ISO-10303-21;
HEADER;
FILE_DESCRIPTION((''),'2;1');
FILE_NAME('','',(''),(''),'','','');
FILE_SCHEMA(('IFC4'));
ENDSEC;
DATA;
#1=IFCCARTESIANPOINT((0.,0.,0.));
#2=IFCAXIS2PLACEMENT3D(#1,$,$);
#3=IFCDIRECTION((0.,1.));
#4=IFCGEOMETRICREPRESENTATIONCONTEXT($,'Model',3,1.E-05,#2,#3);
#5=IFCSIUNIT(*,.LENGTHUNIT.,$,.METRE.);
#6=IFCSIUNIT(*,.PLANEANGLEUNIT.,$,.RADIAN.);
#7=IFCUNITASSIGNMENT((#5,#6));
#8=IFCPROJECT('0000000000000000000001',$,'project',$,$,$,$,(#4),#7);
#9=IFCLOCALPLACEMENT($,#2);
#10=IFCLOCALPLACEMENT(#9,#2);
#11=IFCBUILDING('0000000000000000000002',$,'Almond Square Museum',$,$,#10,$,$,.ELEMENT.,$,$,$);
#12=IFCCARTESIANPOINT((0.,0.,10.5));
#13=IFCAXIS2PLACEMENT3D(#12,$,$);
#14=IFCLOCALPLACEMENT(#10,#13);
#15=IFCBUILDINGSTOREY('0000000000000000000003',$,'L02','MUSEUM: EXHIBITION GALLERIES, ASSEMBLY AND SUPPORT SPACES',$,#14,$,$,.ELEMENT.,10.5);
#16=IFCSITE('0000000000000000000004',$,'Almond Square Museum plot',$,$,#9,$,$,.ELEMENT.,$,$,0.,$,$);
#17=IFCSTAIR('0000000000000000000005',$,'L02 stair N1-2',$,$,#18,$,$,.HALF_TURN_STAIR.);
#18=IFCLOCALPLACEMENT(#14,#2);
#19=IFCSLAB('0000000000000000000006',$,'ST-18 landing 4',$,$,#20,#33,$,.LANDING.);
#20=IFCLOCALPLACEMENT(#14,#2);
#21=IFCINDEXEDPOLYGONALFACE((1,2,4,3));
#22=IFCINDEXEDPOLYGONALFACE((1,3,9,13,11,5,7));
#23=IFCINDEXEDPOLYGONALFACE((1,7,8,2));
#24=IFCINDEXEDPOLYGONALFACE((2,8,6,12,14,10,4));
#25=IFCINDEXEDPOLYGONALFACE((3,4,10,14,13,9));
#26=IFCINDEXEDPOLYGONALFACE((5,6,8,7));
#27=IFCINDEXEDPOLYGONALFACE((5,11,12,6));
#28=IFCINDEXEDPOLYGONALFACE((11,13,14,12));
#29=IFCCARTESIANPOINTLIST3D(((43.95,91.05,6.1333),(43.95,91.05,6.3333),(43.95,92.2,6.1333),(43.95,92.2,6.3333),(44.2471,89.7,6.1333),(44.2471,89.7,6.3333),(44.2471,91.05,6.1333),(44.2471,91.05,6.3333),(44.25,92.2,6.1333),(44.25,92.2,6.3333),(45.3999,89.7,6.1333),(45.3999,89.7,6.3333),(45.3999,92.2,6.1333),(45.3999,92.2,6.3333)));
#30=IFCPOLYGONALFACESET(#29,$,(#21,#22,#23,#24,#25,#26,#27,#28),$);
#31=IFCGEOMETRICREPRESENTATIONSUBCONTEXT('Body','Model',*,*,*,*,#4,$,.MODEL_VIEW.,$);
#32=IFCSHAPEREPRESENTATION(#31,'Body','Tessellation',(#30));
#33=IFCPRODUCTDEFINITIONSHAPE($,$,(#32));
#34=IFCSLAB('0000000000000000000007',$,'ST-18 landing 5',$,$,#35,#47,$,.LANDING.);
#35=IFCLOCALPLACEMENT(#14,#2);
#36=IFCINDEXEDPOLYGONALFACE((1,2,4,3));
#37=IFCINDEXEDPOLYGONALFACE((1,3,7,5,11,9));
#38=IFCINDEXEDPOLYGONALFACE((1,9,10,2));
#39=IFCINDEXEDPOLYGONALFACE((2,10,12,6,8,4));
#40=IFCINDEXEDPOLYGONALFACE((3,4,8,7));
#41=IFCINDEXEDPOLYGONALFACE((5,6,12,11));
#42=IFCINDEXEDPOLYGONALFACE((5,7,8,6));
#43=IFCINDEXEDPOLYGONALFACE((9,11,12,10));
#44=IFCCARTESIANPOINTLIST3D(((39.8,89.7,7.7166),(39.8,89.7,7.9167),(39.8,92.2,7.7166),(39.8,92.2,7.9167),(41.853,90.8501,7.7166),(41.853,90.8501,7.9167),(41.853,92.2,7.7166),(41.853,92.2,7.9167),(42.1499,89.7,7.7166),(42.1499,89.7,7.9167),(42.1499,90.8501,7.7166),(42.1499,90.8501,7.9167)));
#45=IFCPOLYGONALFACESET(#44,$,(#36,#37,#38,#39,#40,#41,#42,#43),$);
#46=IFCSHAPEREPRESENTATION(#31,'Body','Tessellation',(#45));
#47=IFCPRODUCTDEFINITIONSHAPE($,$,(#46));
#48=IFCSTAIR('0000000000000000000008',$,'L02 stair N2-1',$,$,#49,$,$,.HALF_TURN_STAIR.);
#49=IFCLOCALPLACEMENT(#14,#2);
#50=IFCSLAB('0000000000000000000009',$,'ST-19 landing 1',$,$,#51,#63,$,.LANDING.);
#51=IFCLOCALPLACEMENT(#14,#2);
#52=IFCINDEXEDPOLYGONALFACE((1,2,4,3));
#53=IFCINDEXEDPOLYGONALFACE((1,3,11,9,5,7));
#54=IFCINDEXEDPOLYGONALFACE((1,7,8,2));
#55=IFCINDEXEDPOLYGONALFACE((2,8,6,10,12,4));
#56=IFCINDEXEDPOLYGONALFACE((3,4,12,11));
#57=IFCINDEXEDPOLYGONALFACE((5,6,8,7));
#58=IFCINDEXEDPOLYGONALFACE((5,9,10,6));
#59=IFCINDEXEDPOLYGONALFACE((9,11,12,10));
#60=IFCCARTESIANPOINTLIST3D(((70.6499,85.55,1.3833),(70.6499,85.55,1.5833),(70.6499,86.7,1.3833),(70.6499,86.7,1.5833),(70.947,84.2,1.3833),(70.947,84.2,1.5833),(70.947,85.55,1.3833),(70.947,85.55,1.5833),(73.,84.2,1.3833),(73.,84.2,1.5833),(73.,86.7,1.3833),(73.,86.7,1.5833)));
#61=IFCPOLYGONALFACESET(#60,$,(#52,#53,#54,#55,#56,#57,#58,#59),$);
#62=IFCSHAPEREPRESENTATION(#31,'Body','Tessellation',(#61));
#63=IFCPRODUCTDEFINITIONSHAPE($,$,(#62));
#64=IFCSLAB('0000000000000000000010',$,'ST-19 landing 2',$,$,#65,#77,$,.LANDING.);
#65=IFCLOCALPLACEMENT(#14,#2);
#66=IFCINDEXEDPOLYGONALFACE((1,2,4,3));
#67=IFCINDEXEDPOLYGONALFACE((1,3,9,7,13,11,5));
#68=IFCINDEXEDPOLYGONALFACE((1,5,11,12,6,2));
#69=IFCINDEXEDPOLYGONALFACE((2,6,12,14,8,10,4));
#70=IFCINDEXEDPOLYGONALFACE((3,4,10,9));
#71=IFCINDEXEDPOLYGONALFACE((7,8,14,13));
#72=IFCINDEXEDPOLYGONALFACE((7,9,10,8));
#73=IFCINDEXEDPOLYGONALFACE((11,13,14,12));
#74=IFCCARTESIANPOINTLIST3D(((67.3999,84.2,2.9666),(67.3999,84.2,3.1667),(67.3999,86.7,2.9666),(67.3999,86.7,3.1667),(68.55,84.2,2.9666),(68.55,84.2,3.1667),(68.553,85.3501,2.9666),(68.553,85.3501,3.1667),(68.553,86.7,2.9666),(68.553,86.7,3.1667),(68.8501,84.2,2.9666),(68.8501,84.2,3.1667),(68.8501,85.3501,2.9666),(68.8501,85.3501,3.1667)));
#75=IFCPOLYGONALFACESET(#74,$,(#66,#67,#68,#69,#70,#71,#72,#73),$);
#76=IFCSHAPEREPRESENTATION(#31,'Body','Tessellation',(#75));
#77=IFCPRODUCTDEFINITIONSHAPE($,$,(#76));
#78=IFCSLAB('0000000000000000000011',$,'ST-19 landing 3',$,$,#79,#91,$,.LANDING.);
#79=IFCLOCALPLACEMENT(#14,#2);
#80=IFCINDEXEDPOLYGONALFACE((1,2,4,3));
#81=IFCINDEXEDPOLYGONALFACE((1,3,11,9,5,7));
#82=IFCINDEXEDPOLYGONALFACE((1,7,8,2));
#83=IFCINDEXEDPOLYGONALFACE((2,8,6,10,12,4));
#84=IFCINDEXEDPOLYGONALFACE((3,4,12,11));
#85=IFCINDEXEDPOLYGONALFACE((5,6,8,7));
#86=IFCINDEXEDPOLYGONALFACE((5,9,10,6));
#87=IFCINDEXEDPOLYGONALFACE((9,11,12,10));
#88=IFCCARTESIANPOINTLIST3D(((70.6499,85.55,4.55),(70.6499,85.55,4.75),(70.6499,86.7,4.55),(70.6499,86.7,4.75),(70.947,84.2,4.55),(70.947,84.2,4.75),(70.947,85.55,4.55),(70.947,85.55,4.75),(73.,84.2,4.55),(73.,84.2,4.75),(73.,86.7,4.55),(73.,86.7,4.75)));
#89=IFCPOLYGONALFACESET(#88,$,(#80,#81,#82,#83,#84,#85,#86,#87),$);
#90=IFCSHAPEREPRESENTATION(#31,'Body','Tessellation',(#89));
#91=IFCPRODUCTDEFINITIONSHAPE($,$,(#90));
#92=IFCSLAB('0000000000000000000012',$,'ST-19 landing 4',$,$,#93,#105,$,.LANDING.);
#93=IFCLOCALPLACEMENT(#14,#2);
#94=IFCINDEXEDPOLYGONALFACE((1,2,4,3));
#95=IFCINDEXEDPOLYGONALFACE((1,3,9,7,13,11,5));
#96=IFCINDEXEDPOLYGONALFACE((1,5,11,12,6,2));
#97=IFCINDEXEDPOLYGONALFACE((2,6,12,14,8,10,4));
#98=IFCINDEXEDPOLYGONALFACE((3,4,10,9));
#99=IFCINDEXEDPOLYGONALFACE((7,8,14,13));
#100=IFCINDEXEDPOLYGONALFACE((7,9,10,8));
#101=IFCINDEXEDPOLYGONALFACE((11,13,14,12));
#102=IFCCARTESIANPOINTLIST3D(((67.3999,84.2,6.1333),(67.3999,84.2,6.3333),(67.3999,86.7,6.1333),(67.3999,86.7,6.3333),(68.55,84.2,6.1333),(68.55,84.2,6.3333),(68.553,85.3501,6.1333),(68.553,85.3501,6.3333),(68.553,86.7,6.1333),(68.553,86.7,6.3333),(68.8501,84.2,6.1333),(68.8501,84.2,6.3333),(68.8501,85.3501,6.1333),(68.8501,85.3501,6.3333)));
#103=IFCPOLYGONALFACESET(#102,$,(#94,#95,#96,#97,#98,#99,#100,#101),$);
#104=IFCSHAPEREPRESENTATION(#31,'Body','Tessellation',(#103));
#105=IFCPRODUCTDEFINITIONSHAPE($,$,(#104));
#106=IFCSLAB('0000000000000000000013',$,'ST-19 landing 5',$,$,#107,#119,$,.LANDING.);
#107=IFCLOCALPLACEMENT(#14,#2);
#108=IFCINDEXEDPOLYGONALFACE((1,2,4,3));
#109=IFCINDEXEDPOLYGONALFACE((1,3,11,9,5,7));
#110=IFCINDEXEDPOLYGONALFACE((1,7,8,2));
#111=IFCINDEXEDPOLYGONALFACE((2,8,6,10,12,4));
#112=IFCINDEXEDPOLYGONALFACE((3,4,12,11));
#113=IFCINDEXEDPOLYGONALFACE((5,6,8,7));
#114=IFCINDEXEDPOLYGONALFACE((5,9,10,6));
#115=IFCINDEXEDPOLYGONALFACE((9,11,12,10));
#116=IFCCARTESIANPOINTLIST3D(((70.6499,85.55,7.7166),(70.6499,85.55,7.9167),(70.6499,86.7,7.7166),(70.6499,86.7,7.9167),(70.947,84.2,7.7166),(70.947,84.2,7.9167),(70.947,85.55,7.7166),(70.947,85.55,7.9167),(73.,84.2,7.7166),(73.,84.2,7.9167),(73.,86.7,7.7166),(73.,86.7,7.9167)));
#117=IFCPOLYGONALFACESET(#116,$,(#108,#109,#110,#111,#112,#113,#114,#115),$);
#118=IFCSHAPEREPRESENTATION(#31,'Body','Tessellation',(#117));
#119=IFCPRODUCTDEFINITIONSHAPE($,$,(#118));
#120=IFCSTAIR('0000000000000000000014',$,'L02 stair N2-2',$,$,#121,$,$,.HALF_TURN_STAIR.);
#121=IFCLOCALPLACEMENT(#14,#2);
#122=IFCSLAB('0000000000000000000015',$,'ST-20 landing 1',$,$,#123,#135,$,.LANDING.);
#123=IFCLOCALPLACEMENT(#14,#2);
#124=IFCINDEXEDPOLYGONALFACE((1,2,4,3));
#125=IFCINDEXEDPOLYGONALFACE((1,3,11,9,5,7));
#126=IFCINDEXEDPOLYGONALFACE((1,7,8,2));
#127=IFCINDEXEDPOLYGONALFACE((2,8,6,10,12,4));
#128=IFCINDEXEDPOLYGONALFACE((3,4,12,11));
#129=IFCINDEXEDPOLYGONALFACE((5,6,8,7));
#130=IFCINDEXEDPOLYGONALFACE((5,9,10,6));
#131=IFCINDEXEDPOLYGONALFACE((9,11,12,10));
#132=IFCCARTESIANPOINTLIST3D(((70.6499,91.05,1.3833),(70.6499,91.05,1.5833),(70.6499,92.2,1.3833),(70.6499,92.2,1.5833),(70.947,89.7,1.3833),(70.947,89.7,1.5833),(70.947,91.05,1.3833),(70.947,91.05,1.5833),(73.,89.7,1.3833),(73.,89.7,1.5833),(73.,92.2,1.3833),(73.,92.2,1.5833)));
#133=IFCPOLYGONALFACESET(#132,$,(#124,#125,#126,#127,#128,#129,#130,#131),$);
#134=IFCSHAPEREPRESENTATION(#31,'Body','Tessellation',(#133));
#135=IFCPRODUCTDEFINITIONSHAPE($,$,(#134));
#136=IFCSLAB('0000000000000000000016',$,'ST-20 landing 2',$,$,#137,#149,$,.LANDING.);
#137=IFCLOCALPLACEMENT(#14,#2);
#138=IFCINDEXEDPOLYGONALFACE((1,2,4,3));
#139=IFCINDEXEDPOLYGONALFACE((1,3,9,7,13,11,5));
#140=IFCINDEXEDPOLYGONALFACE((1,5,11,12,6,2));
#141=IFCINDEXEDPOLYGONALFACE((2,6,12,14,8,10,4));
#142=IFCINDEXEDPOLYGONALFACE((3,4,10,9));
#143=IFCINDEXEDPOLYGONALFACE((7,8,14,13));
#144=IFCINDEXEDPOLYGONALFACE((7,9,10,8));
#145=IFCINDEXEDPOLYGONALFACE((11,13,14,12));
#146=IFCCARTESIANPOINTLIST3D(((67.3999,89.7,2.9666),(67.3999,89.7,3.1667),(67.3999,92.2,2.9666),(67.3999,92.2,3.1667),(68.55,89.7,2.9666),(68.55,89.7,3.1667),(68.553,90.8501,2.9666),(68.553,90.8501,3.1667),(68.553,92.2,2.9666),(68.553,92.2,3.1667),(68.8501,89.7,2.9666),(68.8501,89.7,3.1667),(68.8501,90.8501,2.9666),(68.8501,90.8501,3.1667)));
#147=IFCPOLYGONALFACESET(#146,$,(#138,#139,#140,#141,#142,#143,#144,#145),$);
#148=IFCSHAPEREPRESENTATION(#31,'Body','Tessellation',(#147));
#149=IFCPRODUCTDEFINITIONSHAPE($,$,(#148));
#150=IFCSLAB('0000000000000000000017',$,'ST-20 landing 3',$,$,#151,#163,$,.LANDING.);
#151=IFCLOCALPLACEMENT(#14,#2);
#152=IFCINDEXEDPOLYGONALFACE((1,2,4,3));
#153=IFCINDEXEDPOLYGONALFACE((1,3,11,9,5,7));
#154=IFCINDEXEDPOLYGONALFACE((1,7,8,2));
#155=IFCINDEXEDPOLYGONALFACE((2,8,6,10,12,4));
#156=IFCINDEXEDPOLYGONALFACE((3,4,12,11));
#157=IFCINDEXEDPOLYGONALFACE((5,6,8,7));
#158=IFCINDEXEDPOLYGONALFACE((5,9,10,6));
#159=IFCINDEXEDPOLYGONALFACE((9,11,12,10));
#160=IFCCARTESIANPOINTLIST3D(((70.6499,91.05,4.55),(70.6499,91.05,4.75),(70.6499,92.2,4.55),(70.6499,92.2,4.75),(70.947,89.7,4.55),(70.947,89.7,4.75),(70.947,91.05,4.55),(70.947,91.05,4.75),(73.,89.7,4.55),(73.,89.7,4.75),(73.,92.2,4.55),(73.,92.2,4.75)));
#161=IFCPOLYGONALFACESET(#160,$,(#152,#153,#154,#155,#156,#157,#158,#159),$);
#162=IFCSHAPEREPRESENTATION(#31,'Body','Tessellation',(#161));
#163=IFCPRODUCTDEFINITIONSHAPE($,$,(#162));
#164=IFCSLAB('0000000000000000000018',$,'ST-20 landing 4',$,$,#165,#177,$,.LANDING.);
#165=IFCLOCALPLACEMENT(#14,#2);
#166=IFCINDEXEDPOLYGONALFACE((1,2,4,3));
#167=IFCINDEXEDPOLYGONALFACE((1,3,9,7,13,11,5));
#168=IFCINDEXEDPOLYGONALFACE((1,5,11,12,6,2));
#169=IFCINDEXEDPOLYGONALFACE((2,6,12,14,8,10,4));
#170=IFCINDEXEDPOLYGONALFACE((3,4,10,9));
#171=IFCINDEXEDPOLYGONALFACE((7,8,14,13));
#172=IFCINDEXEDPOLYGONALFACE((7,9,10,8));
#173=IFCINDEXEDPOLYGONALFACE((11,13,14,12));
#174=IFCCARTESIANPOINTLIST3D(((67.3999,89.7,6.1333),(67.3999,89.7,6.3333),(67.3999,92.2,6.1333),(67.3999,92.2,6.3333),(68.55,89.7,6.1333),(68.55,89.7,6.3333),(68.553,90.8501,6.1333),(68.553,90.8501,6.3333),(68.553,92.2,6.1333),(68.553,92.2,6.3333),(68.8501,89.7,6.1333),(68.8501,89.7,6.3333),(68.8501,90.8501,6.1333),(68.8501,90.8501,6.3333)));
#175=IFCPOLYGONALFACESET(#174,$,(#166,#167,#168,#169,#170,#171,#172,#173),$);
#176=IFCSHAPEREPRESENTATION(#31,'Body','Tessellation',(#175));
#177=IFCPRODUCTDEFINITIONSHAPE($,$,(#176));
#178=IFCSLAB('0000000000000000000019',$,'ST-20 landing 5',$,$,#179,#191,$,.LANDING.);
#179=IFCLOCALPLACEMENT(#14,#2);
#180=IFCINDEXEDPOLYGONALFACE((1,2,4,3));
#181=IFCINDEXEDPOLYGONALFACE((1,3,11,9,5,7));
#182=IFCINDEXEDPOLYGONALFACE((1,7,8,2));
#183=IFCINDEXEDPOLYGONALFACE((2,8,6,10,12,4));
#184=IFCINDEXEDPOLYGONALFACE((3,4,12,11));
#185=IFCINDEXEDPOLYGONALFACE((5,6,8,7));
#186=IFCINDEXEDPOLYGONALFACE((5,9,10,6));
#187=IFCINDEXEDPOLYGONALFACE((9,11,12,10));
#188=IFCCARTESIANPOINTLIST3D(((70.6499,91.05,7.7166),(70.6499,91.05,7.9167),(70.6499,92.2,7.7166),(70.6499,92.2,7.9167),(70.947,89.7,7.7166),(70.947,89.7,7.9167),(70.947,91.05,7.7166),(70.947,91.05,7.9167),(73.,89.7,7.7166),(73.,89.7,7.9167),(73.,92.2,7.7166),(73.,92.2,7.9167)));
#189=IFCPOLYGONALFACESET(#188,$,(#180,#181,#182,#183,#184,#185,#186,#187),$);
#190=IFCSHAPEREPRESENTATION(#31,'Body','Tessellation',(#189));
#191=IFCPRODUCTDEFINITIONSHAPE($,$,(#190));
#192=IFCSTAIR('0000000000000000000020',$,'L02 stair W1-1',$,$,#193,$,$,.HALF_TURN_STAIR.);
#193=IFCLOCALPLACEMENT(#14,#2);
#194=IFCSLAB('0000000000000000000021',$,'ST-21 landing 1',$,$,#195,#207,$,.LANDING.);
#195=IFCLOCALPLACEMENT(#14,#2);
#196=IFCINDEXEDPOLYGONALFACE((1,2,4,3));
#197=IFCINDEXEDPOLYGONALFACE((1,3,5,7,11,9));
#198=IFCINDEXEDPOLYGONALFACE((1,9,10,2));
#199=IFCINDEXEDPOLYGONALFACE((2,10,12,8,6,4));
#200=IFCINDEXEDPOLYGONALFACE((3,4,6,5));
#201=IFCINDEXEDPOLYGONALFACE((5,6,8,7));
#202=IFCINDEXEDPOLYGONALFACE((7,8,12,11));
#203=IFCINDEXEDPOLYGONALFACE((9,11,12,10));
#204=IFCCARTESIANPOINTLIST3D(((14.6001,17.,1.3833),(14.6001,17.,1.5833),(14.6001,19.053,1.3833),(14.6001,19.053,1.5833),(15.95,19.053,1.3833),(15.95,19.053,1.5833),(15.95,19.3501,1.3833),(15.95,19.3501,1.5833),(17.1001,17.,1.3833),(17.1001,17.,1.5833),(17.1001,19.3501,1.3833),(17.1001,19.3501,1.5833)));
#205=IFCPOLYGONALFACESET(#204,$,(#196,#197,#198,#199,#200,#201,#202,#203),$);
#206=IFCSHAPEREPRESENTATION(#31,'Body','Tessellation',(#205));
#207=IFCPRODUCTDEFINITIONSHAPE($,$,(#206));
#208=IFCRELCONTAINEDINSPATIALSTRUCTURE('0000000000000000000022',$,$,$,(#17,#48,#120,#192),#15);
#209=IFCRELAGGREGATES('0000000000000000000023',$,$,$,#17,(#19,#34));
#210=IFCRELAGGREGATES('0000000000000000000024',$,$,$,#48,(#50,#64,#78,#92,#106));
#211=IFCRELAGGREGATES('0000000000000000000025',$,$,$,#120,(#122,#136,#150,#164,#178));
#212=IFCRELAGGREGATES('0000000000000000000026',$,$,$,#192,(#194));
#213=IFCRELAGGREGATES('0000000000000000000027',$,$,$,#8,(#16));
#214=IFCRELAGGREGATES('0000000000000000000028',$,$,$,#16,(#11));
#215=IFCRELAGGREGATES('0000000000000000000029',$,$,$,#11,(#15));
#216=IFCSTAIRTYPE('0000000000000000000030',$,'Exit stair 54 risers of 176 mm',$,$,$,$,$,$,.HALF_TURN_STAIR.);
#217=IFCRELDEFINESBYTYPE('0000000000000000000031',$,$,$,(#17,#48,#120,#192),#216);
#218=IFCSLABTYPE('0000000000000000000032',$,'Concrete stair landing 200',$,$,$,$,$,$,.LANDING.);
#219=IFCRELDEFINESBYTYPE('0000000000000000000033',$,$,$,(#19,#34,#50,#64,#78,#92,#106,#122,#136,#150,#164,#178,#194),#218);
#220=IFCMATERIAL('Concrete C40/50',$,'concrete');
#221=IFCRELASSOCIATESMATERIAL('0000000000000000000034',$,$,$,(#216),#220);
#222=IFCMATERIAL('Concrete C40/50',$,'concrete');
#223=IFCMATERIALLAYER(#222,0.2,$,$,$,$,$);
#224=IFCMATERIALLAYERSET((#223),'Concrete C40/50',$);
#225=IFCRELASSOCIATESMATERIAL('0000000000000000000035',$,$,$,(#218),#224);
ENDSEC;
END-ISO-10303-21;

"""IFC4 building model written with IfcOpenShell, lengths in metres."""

from ifc_helpers import new_model, si_unit, direction, frame, origin, place, context, subcontext, project, spatial, polyline, outline, extrude, material, layer, layer_set, type_object, element, aggregate, save


model = new_model("IFC4")

# Units and contexts
model_context = context("Model", 3, precision=1e-05, world=origin(), true_north=direction((0.0, 1.0)))
body_context = subcontext(model_context, "Body", "Model", "MODEL_VIEW")
ifc_project = project(units=[si_unit("LENGTHUNIT", "METRE"), si_unit("PLANEANGLEUNIT", "RADIAN")], contexts=[model_context])

# Site, building, storey
site_placement = place(None, origin())
site = spatial("IfcSite", under=ifc_project, at=site_placement, Name="Almond Square Museum plot", CompositionType="ELEMENT", RefElevation=0.0)
building_placement = place(site_placement, origin())
building = spatial("IfcBuilding", under=site, at=building_placement, Name="Almond Square Museum", CompositionType="ELEMENT")
storey_placement = place(building_placement, frame((0.0, 0.0, 10.5)))
storey = spatial("IfcBuildingStorey", under=building, at=storey_placement, Name="L02", Description="MUSEUM: EXHIBITION GALLERIES, ASSEMBLY AND SUPPORT SPACES", CompositionType="ELEMENT", Elevation=10.5)

# Stairs, slabs
ifc_material_1 = material(Name="Concrete C40/50", Category="concrete")
stair_type = type_object("IfcStairType", Name="Exit stair 54 risers of 176 mm", PredefinedType="HALF_TURN_STAIR", material=ifc_material_1)
ifc_material_2 = material(Name="Concrete C40/50", Category="concrete")
ifc_layer = layer(ifc_material_2, 0.2)
ifc_layer_set = layer_set([ifc_layer], Name="Concrete C40/50")
slab_type = type_object("IfcSlabType", Name="Concrete stair landing 200", PredefinedType="LANDING", material=ifc_layer_set)
stair_1_placement = place(storey_placement, origin())
stair_1 = element("IfcStair", 1, at=stair_1_placement, inside=storey, type_object=stair_type, Name="L02 stair N1-2", PredefinedType="HALF_TURN_STAIR")
slab_1_placement = place(storey_placement, frame((0.0, 0.0, 6.1333)))
slab_1 = element("IfcSlab", 2, at=slab_1_placement, type_object=slab_type, Name="ST-18 landing 4", PredefinedType="LANDING", context=body_context, shape_type="SweptSolid", body=[
    extrude(outline(polyline([(45.3999, 92.2), (44.25, 92.2), (43.95, 92.2), (43.95, 91.05), (44.2471, 91.05), (44.2471, 89.7), (45.3999, 89.7), (45.3999, 92.2)])), origin(), (0.0, 0.0, 1.0), 0.2),
])
slab_2_placement = place(storey_placement, frame((0.0, 0.0, 7.7166)))
slab_2 = element("IfcSlab", 3, at=slab_2_placement, type_object=slab_type, Name="ST-18 landing 5", PredefinedType="LANDING", context=body_context, shape_type="SweptSolid", body=[
    extrude(outline(polyline([(41.853, 92.2), (39.8, 92.2), (39.8, 89.7), (42.1499, 89.7), (42.1499, 90.8501), (41.853, 90.8501), (41.853, 92.2)])), origin(), (0.0, 0.0, 1.0), 0.2002),
])
aggregate(stair_1, [slab_1, slab_2])
stair_2_placement = place(storey_placement, origin())
stair_2 = element("IfcStair", 4, at=stair_2_placement, inside=storey, type_object=stair_type, Name="L02 stair N2-1", PredefinedType="HALF_TURN_STAIR")
slab_3_placement = place(storey_placement, frame((0.0, 0.0, 1.3833)))
slab_3 = element("IfcSlab", 5, at=slab_3_placement, type_object=slab_type, Name="ST-19 landing 1", PredefinedType="LANDING", context=body_context, shape_type="SweptSolid", body=[
    extrude(outline(polyline([(70.947, 84.2), (73.0, 84.2), (73.0, 86.7), (70.6499, 86.7), (70.6499, 85.55), (70.947, 85.55), (70.947, 84.2)])), origin(), (0.0, 0.0, 1.0), 0.2),
])
slab_4_placement = place(storey_placement, frame((0.0, 0.0, 2.9666)))
slab_4 = element("IfcSlab", 6, at=slab_4_placement, type_object=slab_type, Name="ST-19 landing 2", PredefinedType="LANDING", context=body_context, shape_type="SweptSolid", body=[
    extrude(outline(polyline([(67.3999, 84.2), (68.55, 84.2), (68.8501, 84.2), (68.8501, 85.3501), (68.553, 85.3501), (68.553, 86.7), (67.3999, 86.7), (67.3999, 84.2)])), origin(), (0.0, 0.0, 1.0), 0.2002),
])
slab_5_placement = place(storey_placement, frame((0.0, 0.0, 4.55)))
slab_5 = element("IfcSlab", 7, at=slab_5_placement, type_object=slab_type, Name="ST-19 landing 3", PredefinedType="LANDING", context=body_context, shape_type="SweptSolid", body=[
    extrude(outline(polyline([(70.947, 84.2), (73.0, 84.2), (73.0, 86.7), (70.6499, 86.7), (70.6499, 85.55), (70.947, 85.55), (70.947, 84.2)])), origin(), (0.0, 0.0, 1.0), 0.2),
])
slab_6_placement = place(storey_placement, frame((0.0, 0.0, 6.1333)))
slab_6 = element("IfcSlab", 8, at=slab_6_placement, type_object=slab_type, Name="ST-19 landing 4", PredefinedType="LANDING", context=body_context, shape_type="SweptSolid", body=[
    extrude(outline(polyline([(67.3999, 84.2), (68.55, 84.2), (68.8501, 84.2), (68.8501, 85.3501), (68.553, 85.3501), (68.553, 86.7), (67.3999, 86.7), (67.3999, 84.2)])), origin(), (0.0, 0.0, 1.0), 0.2),
])
slab_7_placement = place(storey_placement, frame((0.0, 0.0, 7.7166)))
slab_7 = element("IfcSlab", 9, at=slab_7_placement, type_object=slab_type, Name="ST-19 landing 5", PredefinedType="LANDING", context=body_context, shape_type="SweptSolid", body=[
    extrude(outline(polyline([(70.947, 84.2), (73.0, 84.2), (73.0, 86.7), (70.6499, 86.7), (70.6499, 85.55), (70.947, 85.55), (70.947, 84.2)])), origin(), (0.0, 0.0, 1.0), 0.2002),
])
aggregate(stair_2, [slab_3, slab_4, slab_5, slab_6, slab_7])
stair_3_placement = place(storey_placement, origin())
stair_3 = element("IfcStair", 10, at=stair_3_placement, inside=storey, type_object=stair_type, Name="L02 stair N2-2", PredefinedType="HALF_TURN_STAIR")
slab_8_placement = place(storey_placement, frame((0.0, 0.0, 1.3833)))
slab_8 = element("IfcSlab", 11, at=slab_8_placement, type_object=slab_type, Name="ST-20 landing 1", PredefinedType="LANDING", context=body_context, shape_type="SweptSolid", body=[
    extrude(outline(polyline([(70.947, 89.7), (73.0, 89.7), (73.0, 92.2), (70.6499, 92.2), (70.6499, 91.05), (70.947, 91.05), (70.947, 89.7)])), origin(), (0.0, 0.0, 1.0), 0.2),
])
slab_9_placement = place(storey_placement, frame((0.0, 0.0, 2.9666)))
slab_9 = element("IfcSlab", 12, at=slab_9_placement, type_object=slab_type, Name="ST-20 landing 2", PredefinedType="LANDING", context=body_context, shape_type="SweptSolid", body=[
    extrude(outline(polyline([(67.3999, 89.7), (68.55, 89.7), (68.8501, 89.7), (68.8501, 90.8501), (68.553, 90.8501), (68.553, 92.2), (67.3999, 92.2), (67.3999, 89.7)])), origin(), (0.0, 0.0, 1.0), 0.2002),
])
slab_10_placement = place(storey_placement, frame((0.0, 0.0, 4.55)))
slab_10 = element("IfcSlab", 13, at=slab_10_placement, type_object=slab_type, Name="ST-20 landing 3", PredefinedType="LANDING", context=body_context, shape_type="SweptSolid", body=[
    extrude(outline(polyline([(70.947, 89.7), (73.0, 89.7), (73.0, 92.2), (70.6499, 92.2), (70.6499, 91.05), (70.947, 91.05), (70.947, 89.7)])), origin(), (0.0, 0.0, 1.0), 0.2),
])
slab_11_placement = place(storey_placement, frame((0.0, 0.0, 6.1333)))
slab_11 = element("IfcSlab", 14, at=slab_11_placement, type_object=slab_type, Name="ST-20 landing 4", PredefinedType="LANDING", context=body_context, shape_type="SweptSolid", body=[
    extrude(outline(polyline([(67.3999, 89.7), (68.55, 89.7), (68.8501, 89.7), (68.8501, 90.8501), (68.553, 90.8501), (68.553, 92.2), (67.3999, 92.2), (67.3999, 89.7)])), origin(), (0.0, 0.0, 1.0), 0.2),
])
slab_12_placement = place(storey_placement, frame((0.0, 0.0, 7.7166)))
slab_12 = element("IfcSlab", 15, at=slab_12_placement, type_object=slab_type, Name="ST-20 landing 5", PredefinedType="LANDING", context=body_context, shape_type="SweptSolid", body=[
    extrude(outline(polyline([(70.947, 89.7), (73.0, 89.7), (73.0, 92.2), (70.6499, 92.2), (70.6499, 91.05), (70.947, 91.05), (70.947, 89.7)])), origin(), (0.0, 0.0, 1.0), 0.2002),
])
aggregate(stair_3, [slab_8, slab_9, slab_10, slab_11, slab_12])
stair_4_placement = place(storey_placement, origin())
stair_4 = element("IfcStair", 16, at=stair_4_placement, inside=storey, type_object=stair_type, Name="L02 stair W1-1", PredefinedType="HALF_TURN_STAIR")
slab_13_placement = place(storey_placement, frame((0.0, 0.0, 1.3833)))
slab_13 = element("IfcSlab", 17, at=slab_13_placement, type_object=slab_type, Name="ST-21 landing 1", PredefinedType="LANDING", context=body_context, shape_type="SweptSolid", body=[
    extrude(outline(polyline([(14.6001, 19.053), (14.6001, 17.0), (17.1001, 17.0), (17.1001, 19.3501), (15.95, 19.3501), (15.95, 19.053), (14.6001, 19.053)])), origin(), (0.0, 0.0, 1.0), 0.2),
])
aggregate(stair_4, [slab_13])

save(model, "model.ifc")
